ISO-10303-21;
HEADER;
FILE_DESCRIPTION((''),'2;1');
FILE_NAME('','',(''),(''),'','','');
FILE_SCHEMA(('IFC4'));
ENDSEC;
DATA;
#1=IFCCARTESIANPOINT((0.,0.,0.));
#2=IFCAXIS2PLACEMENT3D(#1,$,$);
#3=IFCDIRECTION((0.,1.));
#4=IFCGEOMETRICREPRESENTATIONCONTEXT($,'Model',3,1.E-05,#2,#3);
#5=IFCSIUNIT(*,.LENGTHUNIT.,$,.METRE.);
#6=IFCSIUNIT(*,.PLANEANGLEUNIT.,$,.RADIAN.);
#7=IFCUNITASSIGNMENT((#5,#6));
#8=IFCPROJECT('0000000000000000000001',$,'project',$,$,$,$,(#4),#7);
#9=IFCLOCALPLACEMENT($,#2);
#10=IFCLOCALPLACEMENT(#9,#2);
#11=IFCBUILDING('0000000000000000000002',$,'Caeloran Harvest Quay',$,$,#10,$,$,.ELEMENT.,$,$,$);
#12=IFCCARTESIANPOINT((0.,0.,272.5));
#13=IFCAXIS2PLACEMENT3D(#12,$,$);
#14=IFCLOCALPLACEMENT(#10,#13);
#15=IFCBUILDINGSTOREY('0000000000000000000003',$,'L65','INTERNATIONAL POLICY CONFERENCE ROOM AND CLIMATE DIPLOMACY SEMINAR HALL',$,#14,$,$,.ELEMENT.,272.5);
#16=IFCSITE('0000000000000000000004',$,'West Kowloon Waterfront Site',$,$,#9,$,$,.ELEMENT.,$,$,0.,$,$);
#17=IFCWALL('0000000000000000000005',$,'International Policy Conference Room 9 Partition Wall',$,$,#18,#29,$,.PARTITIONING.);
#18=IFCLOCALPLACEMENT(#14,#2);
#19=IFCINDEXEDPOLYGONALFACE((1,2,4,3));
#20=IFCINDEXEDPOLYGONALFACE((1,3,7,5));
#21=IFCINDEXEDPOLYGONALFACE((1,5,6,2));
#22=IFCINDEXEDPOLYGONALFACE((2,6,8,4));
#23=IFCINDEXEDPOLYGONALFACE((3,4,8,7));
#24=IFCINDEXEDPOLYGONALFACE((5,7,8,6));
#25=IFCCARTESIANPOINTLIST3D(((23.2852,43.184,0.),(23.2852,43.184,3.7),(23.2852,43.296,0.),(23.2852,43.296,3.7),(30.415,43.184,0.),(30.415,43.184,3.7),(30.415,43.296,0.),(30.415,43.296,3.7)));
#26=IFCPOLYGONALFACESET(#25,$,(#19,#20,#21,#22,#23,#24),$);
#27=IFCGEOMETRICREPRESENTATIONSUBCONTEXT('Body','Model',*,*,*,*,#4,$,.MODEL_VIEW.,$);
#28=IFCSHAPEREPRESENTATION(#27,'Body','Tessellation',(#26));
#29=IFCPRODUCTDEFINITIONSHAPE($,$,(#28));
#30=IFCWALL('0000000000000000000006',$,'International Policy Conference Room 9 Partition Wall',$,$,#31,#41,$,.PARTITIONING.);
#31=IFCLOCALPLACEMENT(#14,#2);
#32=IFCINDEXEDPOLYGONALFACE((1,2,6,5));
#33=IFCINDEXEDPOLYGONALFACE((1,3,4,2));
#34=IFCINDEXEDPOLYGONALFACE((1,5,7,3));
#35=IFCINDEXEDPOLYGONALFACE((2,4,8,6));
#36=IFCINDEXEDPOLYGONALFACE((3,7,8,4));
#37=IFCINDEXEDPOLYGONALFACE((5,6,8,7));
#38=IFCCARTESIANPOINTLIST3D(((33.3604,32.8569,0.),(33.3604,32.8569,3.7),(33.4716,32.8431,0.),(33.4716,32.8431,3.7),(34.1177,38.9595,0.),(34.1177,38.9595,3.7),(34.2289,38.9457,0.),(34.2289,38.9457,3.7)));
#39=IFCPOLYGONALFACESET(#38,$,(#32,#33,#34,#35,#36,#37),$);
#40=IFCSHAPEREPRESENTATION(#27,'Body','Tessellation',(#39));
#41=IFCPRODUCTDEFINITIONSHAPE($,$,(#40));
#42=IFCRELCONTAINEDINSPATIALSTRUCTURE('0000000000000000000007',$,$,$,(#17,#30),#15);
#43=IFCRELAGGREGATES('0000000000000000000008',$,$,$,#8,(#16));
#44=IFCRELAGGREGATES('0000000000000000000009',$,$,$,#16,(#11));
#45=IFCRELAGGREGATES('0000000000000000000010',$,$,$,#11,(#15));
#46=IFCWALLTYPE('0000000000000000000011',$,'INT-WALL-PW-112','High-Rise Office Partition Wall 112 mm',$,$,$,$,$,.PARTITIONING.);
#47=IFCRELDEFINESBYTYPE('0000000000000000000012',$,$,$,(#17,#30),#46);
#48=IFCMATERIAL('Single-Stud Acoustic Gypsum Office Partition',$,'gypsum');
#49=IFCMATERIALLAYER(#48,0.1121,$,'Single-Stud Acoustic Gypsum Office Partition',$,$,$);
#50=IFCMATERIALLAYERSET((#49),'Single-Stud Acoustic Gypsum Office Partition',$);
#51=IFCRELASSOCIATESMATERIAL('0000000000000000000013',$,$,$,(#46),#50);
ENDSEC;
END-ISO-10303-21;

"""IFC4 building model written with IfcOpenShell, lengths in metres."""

from ifc_helpers import new_model, si_unit, direction, frame, frame_2d, origin, place, context, subcontext, project, spatial, rectangle, extrude, material, layer, layer_set, type_object, element, save


model = new_model("IFC4")

# Units and contexts
model_context = context("Model", 3, precision=1e-05, world=origin(), true_north=direction((0.0, 1.0)))
body_context = subcontext(model_context, "Body", "Model", "MODEL_VIEW")
ifc_project = project(units=[si_unit("LENGTHUNIT", "METRE"), si_unit("PLANEANGLEUNIT", "RADIAN")], contexts=[model_context])

# Site, building, storey
site_placement = place(None, origin())
site = spatial("IfcSite", under=ifc_project, at=site_placement, Name="West Kowloon Waterfront Site", CompositionType="ELEMENT", RefElevation=0.0)
building_placement = place(site_placement, origin())
building = spatial("IfcBuilding", under=site, at=building_placement, Name="Caeloran Harvest Quay", CompositionType="ELEMENT")
storey_placement = place(building_placement, frame((0.0, 0.0, 272.5)))
storey = spatial("IfcBuildingStorey", under=building, at=storey_placement, Name="L65", Description="INTERNATIONAL POLICY CONFERENCE ROOM AND CLIMATE DIPLOMACY SEMINAR HALL", CompositionType="ELEMENT", Elevation=272.5)

# Walls
ifc_material_1 = material(Name="Single-Stud Acoustic Gypsum Office Partition", Category="gypsum")
ifc_layer_1 = layer(ifc_material_1, 0.1121, Name="Single-Stud Acoustic Gypsum Office Partition")
ifc_layer_set_1 = layer_set([ifc_layer_1], Name="Single-Stud Acoustic Gypsum Office Partition")
wall_type_1 = type_object("IfcWallType", Name="INT-WALL-PW-112", Description="High-Rise Office Partition Wall 112 mm", PredefinedType="PARTITIONING", material=ifc_layer_set_1)
wall_1_placement = place(storey_placement, frame((23.2852, 43.24, 0.0), z_axis=(0.0, 0.0, 1.0), x_axis=(1.0, 0.0, 0.0)))
element("IfcWall", 1, at=wall_1_placement, inside=storey, type_object=wall_type_1, Name="International Policy Conference Room 9 Partition Wall", PredefinedType="PARTITIONING", context=body_context, shape_type="SweptSolid", body=[
    extrude(rectangle(XDim=7.1299, YDim=0.1121, at=frame_2d((3.5649, 0.0))), origin(), (0.0, 0.0, 1.0), 3.7),
])
wall_2_placement = place(storey_placement, frame((34.1733, 38.9526, 0.0), z_axis=(0.0, 0.0, 1.0), x_axis=(-0.123155, -0.992387, 0.0)))
element("IfcWall", 2, at=wall_2_placement, inside=storey, type_object=wall_type_1, Name="International Policy Conference Room 9 Partition Wall", PredefinedType="PARTITIONING", context=body_context, shape_type="SweptSolid", body=[
    extrude(rectangle(XDim=6.1494, YDim=0.1121, at=frame_2d((3.0747, 0.0))), origin(), (0.0, 0.0, 1.0), 3.7),
])

save(model, "model.ifc")
